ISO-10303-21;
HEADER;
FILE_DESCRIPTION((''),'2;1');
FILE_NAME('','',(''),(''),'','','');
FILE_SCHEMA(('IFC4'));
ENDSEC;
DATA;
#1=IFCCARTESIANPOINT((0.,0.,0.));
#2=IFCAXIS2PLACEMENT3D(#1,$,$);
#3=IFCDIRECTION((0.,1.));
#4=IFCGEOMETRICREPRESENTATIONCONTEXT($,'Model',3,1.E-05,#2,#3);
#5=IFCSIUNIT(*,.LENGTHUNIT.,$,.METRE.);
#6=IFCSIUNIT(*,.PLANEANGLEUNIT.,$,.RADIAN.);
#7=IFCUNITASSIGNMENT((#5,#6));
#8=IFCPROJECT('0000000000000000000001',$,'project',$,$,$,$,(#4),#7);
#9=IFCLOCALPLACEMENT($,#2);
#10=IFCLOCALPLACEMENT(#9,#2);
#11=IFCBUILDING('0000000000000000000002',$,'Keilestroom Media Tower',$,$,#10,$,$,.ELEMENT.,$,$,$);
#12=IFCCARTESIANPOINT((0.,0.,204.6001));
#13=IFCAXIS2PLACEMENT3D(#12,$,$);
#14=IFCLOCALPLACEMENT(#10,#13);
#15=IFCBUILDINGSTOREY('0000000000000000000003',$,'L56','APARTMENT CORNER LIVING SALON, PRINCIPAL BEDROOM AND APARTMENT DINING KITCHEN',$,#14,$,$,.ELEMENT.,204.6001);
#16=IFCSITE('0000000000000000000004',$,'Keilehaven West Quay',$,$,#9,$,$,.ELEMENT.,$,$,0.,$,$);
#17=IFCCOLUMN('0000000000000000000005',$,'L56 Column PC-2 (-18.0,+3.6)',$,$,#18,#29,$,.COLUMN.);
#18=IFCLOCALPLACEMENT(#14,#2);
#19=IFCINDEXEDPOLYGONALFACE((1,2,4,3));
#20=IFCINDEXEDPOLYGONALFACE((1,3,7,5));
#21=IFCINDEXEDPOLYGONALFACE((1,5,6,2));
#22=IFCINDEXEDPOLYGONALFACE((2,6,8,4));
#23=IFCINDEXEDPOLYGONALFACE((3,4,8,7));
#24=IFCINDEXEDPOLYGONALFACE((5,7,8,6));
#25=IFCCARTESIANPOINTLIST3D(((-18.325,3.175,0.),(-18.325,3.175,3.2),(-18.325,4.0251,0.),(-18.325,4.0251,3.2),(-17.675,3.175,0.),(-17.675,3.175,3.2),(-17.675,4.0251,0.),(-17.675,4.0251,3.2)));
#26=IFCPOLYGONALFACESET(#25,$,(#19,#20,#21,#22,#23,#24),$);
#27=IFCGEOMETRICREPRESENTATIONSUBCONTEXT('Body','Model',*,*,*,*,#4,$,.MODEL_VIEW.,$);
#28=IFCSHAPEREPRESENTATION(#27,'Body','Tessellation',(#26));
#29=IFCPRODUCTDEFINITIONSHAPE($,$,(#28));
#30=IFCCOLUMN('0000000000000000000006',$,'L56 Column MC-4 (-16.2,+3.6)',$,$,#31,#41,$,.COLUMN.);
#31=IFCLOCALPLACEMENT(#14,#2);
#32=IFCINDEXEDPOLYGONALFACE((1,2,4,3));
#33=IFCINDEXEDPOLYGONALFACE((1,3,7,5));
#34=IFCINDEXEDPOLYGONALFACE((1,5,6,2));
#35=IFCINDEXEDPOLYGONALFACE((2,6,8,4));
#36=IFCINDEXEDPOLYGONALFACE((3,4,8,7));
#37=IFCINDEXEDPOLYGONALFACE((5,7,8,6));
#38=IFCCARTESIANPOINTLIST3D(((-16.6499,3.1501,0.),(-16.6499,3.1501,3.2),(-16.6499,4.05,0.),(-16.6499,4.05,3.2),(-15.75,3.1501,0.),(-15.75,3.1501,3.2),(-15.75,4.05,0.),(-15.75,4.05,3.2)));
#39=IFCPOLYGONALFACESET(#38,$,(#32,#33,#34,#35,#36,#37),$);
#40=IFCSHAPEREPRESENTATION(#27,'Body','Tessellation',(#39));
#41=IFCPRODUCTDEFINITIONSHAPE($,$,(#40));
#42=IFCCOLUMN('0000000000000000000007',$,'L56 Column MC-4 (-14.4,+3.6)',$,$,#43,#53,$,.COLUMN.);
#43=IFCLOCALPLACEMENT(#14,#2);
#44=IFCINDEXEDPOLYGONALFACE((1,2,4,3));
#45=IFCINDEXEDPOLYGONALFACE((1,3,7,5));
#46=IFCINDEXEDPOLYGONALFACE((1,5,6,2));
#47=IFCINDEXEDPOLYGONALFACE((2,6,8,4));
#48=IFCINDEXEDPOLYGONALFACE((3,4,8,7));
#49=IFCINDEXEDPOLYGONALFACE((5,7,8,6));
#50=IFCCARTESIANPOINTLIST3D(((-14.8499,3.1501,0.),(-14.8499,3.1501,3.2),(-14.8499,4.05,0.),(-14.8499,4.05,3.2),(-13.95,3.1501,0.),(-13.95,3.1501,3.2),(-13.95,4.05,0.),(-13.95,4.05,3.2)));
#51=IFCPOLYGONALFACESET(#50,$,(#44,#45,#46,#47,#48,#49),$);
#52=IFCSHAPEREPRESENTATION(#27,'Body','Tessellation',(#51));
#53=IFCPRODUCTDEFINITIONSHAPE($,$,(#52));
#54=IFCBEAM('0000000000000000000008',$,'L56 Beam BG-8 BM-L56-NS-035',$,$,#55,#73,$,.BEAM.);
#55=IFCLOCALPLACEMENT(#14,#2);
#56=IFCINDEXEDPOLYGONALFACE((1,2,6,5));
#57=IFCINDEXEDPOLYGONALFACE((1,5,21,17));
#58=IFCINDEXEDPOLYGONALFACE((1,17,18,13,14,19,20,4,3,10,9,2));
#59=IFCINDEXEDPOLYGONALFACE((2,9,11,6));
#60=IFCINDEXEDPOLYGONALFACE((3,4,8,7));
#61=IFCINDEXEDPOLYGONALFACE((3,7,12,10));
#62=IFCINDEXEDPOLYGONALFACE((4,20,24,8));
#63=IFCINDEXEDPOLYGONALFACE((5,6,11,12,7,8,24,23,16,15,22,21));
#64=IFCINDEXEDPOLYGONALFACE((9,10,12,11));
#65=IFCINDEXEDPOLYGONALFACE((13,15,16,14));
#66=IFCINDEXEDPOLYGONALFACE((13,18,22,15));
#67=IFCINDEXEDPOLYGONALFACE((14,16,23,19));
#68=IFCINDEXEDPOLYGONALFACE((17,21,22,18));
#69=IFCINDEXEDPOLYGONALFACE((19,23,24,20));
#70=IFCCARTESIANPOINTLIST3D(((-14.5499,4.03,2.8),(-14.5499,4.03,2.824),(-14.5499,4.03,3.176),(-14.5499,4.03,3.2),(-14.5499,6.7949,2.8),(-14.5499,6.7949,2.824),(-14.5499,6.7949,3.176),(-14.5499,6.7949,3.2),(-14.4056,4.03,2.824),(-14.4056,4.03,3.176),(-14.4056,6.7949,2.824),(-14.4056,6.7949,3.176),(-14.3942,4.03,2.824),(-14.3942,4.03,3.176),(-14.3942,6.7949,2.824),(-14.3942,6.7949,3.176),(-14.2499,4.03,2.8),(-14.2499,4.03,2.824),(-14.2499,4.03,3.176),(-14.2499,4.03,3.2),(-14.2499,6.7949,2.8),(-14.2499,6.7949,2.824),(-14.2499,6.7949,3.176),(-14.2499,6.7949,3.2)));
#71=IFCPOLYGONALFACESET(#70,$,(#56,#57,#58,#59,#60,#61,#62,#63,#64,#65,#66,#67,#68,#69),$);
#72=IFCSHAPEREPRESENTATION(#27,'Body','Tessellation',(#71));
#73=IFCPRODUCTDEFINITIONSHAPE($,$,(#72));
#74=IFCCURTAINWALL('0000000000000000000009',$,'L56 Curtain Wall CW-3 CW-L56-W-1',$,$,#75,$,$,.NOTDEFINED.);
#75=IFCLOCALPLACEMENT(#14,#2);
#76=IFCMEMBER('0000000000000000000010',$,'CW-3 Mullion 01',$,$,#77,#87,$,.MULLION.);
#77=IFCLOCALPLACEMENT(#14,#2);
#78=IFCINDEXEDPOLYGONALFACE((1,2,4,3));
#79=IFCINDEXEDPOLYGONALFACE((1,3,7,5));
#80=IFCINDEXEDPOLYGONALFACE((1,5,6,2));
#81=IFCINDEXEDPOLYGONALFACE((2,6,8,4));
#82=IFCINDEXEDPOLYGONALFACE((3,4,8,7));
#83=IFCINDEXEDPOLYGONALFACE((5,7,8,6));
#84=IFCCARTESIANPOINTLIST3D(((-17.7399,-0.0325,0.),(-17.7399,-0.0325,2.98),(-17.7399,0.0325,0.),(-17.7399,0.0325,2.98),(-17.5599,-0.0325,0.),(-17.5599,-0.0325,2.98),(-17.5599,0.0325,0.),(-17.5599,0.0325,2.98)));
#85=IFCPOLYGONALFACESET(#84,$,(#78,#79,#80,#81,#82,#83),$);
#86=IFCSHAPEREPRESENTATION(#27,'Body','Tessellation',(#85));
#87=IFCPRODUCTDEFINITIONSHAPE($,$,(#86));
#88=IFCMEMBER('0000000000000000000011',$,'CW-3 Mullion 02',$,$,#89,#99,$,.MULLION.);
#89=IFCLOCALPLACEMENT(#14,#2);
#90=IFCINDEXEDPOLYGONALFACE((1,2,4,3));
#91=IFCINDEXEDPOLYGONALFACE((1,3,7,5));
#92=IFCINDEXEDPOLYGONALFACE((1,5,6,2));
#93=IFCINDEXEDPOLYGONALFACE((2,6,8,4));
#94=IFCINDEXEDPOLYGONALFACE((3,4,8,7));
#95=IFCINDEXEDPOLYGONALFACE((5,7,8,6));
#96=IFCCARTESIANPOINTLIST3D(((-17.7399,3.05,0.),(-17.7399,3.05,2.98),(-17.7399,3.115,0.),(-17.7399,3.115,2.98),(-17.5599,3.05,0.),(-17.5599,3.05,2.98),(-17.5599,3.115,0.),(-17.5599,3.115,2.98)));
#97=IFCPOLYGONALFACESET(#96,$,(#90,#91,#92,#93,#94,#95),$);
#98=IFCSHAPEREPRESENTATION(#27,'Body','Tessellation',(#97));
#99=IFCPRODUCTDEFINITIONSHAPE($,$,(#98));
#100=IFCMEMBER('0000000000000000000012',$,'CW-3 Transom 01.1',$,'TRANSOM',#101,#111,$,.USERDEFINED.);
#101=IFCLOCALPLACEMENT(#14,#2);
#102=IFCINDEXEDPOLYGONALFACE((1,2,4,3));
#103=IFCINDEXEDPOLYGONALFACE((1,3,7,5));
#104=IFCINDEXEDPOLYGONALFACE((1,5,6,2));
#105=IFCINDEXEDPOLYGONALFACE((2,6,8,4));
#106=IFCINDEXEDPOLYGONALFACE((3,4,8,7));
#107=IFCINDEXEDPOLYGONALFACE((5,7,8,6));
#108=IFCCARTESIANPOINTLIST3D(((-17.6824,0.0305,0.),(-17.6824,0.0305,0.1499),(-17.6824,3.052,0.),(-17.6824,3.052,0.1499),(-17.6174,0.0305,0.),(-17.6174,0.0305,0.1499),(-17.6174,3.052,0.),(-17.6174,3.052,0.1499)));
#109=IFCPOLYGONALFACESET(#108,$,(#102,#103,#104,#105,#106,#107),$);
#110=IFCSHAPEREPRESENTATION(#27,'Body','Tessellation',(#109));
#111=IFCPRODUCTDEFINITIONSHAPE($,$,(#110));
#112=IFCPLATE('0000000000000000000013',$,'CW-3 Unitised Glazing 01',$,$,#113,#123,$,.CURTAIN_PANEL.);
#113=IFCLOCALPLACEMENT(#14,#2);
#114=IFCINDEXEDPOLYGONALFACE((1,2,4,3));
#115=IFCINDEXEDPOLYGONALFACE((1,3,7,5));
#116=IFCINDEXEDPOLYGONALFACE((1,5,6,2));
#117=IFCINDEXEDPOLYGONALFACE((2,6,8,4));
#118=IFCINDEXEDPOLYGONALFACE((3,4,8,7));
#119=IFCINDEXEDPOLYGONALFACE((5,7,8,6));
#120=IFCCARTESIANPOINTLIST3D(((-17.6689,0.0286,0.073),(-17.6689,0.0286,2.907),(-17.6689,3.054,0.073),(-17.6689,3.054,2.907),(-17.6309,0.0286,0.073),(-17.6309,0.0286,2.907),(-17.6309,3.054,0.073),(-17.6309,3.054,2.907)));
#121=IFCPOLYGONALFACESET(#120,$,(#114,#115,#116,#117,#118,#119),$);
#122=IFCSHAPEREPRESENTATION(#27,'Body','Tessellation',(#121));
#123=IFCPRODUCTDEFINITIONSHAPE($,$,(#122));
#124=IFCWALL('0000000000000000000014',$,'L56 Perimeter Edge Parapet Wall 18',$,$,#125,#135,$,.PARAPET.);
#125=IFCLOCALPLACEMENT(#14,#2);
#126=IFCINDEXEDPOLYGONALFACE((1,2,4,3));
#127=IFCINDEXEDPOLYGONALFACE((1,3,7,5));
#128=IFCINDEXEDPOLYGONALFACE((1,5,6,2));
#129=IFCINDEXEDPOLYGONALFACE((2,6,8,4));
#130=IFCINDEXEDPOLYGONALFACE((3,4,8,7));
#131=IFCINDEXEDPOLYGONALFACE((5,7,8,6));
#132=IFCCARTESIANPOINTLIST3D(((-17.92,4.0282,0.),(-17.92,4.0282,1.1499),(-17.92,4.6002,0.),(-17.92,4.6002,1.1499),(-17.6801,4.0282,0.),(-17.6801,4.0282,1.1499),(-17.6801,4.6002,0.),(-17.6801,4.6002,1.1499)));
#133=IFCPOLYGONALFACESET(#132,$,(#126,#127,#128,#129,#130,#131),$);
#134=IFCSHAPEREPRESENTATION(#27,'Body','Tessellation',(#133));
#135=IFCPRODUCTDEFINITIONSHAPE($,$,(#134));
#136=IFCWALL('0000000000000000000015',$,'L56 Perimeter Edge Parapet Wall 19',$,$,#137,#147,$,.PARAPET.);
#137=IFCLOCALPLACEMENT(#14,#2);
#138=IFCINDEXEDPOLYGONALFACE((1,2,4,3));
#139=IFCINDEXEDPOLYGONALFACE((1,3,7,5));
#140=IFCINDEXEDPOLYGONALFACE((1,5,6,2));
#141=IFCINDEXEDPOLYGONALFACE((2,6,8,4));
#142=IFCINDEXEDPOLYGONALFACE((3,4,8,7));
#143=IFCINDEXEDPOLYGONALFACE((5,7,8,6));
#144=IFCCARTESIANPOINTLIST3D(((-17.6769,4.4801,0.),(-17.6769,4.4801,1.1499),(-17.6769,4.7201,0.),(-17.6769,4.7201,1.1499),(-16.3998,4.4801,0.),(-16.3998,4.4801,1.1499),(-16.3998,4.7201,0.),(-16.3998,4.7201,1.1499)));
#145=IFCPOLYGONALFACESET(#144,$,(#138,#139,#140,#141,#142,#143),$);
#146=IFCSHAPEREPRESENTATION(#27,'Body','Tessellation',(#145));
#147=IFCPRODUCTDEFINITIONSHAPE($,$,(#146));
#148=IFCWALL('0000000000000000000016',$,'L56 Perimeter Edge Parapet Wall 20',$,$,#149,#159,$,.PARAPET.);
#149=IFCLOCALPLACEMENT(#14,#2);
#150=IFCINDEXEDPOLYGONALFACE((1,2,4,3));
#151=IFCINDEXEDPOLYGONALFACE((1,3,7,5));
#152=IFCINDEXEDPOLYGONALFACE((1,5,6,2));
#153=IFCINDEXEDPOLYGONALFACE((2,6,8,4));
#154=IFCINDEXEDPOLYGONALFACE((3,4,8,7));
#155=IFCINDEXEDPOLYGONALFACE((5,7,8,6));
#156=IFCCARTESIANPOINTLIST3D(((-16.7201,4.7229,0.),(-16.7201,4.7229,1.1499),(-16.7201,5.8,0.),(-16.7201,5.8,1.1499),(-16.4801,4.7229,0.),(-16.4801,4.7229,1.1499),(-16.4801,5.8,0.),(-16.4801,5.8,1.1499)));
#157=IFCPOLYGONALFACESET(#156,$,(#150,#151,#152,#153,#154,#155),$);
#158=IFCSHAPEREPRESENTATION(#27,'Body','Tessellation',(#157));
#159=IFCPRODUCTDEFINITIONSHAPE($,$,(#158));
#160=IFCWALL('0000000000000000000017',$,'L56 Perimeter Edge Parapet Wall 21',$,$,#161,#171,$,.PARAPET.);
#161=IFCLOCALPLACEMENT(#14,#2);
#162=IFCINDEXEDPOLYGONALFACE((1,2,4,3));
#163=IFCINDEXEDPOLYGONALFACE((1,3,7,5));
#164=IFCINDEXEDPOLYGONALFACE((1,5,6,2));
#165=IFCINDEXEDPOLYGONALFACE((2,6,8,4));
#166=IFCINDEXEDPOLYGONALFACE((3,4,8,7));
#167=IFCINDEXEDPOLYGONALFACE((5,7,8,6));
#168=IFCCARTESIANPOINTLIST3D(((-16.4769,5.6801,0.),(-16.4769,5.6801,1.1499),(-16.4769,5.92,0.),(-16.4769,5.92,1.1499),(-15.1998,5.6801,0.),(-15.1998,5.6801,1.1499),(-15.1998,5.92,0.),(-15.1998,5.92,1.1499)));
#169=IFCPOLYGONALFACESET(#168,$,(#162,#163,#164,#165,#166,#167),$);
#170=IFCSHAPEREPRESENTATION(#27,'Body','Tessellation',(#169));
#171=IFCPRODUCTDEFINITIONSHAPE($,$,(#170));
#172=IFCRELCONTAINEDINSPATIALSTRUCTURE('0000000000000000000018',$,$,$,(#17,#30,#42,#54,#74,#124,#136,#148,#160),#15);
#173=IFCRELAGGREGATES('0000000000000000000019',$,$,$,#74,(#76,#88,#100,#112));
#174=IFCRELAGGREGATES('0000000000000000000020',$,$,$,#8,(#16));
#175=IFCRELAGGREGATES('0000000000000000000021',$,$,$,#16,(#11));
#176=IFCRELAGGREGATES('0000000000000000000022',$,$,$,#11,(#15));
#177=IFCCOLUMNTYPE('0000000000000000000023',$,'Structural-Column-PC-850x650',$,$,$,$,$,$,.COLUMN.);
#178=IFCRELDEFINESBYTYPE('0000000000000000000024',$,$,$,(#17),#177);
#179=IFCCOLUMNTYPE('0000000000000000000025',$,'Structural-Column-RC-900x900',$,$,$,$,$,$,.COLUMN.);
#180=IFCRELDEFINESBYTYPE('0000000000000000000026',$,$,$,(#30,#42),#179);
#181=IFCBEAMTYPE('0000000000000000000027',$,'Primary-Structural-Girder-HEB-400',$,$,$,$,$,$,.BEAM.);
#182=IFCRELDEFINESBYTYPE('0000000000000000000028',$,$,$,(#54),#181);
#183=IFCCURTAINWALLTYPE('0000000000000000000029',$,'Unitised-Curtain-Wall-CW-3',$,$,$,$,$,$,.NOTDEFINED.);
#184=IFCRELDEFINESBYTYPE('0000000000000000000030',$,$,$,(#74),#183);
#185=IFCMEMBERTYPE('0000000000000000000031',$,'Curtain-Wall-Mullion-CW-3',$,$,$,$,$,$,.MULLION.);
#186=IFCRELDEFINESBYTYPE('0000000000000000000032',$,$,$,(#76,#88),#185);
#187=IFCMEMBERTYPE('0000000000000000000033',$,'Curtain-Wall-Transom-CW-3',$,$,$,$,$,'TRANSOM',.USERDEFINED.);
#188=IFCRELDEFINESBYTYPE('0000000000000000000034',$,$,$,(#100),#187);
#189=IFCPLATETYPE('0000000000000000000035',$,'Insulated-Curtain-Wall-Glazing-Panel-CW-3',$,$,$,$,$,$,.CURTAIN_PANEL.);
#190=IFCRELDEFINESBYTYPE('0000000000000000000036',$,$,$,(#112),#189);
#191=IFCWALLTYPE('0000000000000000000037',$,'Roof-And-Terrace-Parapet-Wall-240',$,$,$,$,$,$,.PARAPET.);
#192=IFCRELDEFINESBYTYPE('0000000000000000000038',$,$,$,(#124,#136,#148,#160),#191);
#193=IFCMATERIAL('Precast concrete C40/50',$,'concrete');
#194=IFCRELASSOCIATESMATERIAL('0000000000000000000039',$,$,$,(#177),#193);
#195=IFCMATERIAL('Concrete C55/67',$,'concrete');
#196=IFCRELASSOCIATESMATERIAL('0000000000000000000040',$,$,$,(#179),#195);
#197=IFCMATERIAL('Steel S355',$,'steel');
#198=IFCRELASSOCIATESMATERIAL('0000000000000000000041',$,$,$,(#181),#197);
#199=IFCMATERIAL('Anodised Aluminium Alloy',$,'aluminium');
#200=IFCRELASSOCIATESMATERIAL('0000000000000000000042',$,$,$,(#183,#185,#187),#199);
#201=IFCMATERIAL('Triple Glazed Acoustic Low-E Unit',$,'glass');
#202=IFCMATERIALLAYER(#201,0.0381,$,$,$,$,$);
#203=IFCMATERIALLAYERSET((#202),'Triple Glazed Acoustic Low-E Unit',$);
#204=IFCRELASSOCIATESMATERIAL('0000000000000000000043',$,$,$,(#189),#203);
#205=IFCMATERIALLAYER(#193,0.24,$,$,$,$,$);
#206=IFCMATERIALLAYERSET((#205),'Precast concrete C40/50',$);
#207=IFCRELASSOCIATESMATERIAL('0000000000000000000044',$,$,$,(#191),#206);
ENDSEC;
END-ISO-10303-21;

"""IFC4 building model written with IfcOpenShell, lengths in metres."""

from ifc_helpers import new_model, si_unit, direction, frame, frame_2d, origin, origin_2d, place, context, subcontext, project, spatial, rectangle, i_section, extrude, source, transform, mapped, material, layer, layer_set, material_profile, profile_set, type_object, element, aggregate, save


model = new_model("IFC4")

# Units and contexts
model_context = context("Model", 3, precision=1e-05, world=origin(), true_north=direction((0.0, 1.0)))
body_context = subcontext(model_context, "Body", "Model", "MODEL_VIEW")
ifc_project = project(units=[si_unit("LENGTHUNIT", "METRE"), si_unit("PLANEANGLEUNIT", "RADIAN")], contexts=[model_context])

# Site, building, storey
site_placement = place(None, origin())
site = spatial("IfcSite", under=ifc_project, at=site_placement, Name="Keilehaven West Quay", CompositionType="ELEMENT", RefElevation=0.0)
building_placement = place(site_placement, origin())
building = spatial("IfcBuilding", under=site, at=building_placement, Name="Keilestroom Media Tower", CompositionType="ELEMENT")
storey_placement = place(building_placement, frame((0.0, 0.0, 204.6001)))
storey = spatial("IfcBuildingStorey", under=building, at=storey_placement, Name="L56", Description="APARTMENT CORNER LIVING SALON, PRINCIPAL BEDROOM AND APARTMENT DINING KITCHEN", CompositionType="ELEMENT", Elevation=204.6001)

# Columns
ifc_material_1 = material(Name="Precast concrete C40/50", Category="concrete")
ifc_material_profile_1 = material_profile(ifc_material_1, rectangle(XDim=0.6499, YDim=0.8501, at=origin_2d()), Name="PC 850x650")
ifc_profile_set_1 = profile_set([ifc_material_profile_1], Name="Precast concrete C40/50")
column_type_1 = type_object("IfcColumnType", Name="Structural-Column-PC-850x650", PredefinedType="COLUMN", material=ifc_profile_set_1)
shared_shape_1 = source(origin(), body_context, "Body", "SweptSolid", [
    extrude(rectangle(XDim=0.6499, YDim=0.8501, at=origin_2d()), origin(), (0.0, 0.0, 1.0), 3.2),
])
column_placement = place(storey_placement, frame((-18.0, 3.6001, 0.0), z_axis=(0.0, 0.0, 1.0), x_axis=(1.0, 0.0, 0.0)))
element("IfcColumn", 1, at=column_placement, inside=storey, type_object=column_type_1, Name="L56 Column PC-2 (-18.0,+3.6)", PredefinedType="COLUMN", context=body_context, shape_type="MappedRepresentation", body=[
    mapped(shared_shape_1, transform((0.0, 0.0, 0.0), x_axis=(1.0, 0.0, 0.0), y_axis=(0.0, 1.0, 0.0), z_axis=(0.0, 0.0, 1.0), scale=1.0)),
])
ifc_material_2 = material(Name="Concrete C55/67", Category="concrete")
ifc_material_profile_2 = material_profile(ifc_material_2, rectangle(XDim=0.8999, YDim=0.8999, at=origin_2d()), Name="RC 900x900")
ifc_profile_set_2 = profile_set([ifc_material_profile_2], Name="Concrete C55/67")
column_type_2 = type_object("IfcColumnType", Name="Structural-Column-RC-900x900", PredefinedType="COLUMN", material=ifc_profile_set_2)
shared_shape_2 = source(origin(), body_context, "Body", "SweptSolid", [
    extrude(rectangle(XDim=0.8999, YDim=0.8999, at=origin_2d()), origin(), (0.0, 0.0, 1.0), 3.2),
])
for number, where, z_axis, x_axis, name in (
    (2, (-16.2, 3.6001, 0.0), (0.0, 0.0, 1.0), (1.0, 0.0, 0.0), "L56 Column MC-4 (-16.2,+3.6)"),
    (3, (-14.3999, 3.6001, 0.0), (0.0, 0.0, 1.0), (1.0, 0.0, 0.0), "L56 Column MC-4 (-14.4,+3.6)"),
):
    element("IfcColumn", number, at=place(storey_placement, frame(where, z_axis=z_axis, x_axis=x_axis)), inside=storey, type_object=column_type_2, Name=name, PredefinedType="COLUMN", context=body_context, shape_type="MappedRepresentation", body=[
        mapped(shared_shape_2, transform((0.0, 0.0, 0.0), x_axis=(1.0, 0.0, 0.0), y_axis=(0.0, 1.0, 0.0), z_axis=(0.0, 0.0, 1.0), scale=1.0)),
    ])

# Beam
ifc_material_3 = material(Name="Steel S355", Category="steel")
ifc_material_profile_3 = material_profile(ifc_material_3, i_section(OverallWidth=0.3, OverallDepth=0.3999, WebThickness=0.0115, FlangeThickness=0.0239, at=origin_2d()), Name="HEB 400")
ifc_profile_set_3 = profile_set([ifc_material_profile_3], Name="Steel S355")
beam_type = type_object("IfcBeamType", Name="Primary-Structural-Girder-HEB-400", PredefinedType="BEAM", material=ifc_profile_set_3)
shared_shape_3 = source(origin(), body_context, "Body", "SweptSolid", [
    extrude(i_section(OverallWidth=0.3, OverallDepth=0.3999, WebThickness=0.0115, FlangeThickness=0.0239, at=origin_2d()), origin(), (0.0, 0.0, 1.0), 2.7649),
])
beam_placement = place(storey_placement, frame((-14.3999, 4.03, 3.0), z_axis=(0.0, 1.0, 0.0), x_axis=(-1.0, 0.0, 0.0)))
element("IfcBeam", 4, at=beam_placement, inside=storey, type_object=beam_type, Name="L56 Beam BG-8 BM-L56-NS-035", PredefinedType="BEAM", context=body_context, shape_type="MappedRepresentation", body=[
    mapped(shared_shape_3, transform((0.0, 0.0, 0.0), x_axis=(1.0, 0.0, 0.0), y_axis=(0.0, 1.0, 0.0), z_axis=(0.0, 0.0, 1.0), scale=1.0)),
])

# Curtain wall, members, plate
ifc_material_4 = material(Name="Anodised Aluminium Alloy", Category="aluminium")
curtain_wall_type = type_object("IfcCurtainWallType", Name="Unitised-Curtain-Wall-CW-3", PredefinedType="NOTDEFINED", material=ifc_material_4)
curtain_wall_placement = place(storey_placement, origin())
curtain_wall = element("IfcCurtainWall", 5, at=curtain_wall_placement, inside=storey, type_object=curtain_wall_type, Name="L56 Curtain Wall CW-3 CW-L56-W-1", PredefinedType="NOTDEFINED")
ifc_material_profile_4 = material_profile(ifc_material_4, rectangle(XDim=0.0649, YDim=0.1799, at=origin_2d()), Name="ALU MULLION 65x180")
ifc_profile_set_4 = profile_set([ifc_material_profile_4], Name="Anodised Aluminium Alloy")
member_type_1 = type_object("IfcMemberType", Name="Curtain-Wall-Mullion-CW-3", PredefinedType="MULLION", material=ifc_profile_set_4)
shared_shape_4 = source(origin(), body_context, "Body", "SweptSolid", [
    extrude(rectangle(XDim=0.0649, YDim=0.1799, at=origin_2d()), origin(), (0.0, 0.0, 1.0), 2.98),
])
member_1_placement = place(storey_placement, frame((-17.6499, 0.0, 0.0), z_axis=(0.0, 0.0, 1.0), x_axis=(0.0, 1.0, 0.0)))
member_1 = element("IfcMember", 6, at=member_1_placement, type_object=member_type_1, Name="CW-3 Mullion 01", PredefinedType="MULLION", context=body_context, shape_type="MappedRepresentation", body=[
    mapped(shared_shape_4, transform((0.0, 0.0, 0.0), x_axis=(1.0, 0.0, 0.0), y_axis=(0.0, 1.0, 0.0), z_axis=(0.0, 0.0, 1.0), scale=1.0)),
])
member_2_placement = place(storey_placement, frame((-17.6499, 3.0825, 0.0), z_axis=(0.0, 0.0, 1.0), x_axis=(0.0, 1.0, 0.0)))
member_2 = element("IfcMember", 7, at=member_2_placement, type_object=member_type_1, Name="CW-3 Mullion 02", PredefinedType="MULLION", context=body_context, shape_type="MappedRepresentation", body=[
    mapped(shared_shape_4, transform((0.0, 0.0, 0.0), x_axis=(1.0, 0.0, 0.0), y_axis=(0.0, 1.0, 0.0), z_axis=(0.0, 0.0, 1.0), scale=1.0)),
])
ifc_material_profile_5 = material_profile(ifc_material_4, rectangle(XDim=0.0649, YDim=0.1499, at=origin_2d()), Name="ALU TRANSOM 65x150")
ifc_profile_set_5 = profile_set([ifc_material_profile_5], Name="Anodised Aluminium Alloy")
member_type_2 = type_object("IfcMemberType", Name="Curtain-Wall-Transom-CW-3", ElementType="TRANSOM", PredefinedType="USERDEFINED", material=ifc_profile_set_5)
shared_shape_5 = source(origin(), body_context, "Body", "SweptSolid", [
    extrude(rectangle(XDim=0.0649, YDim=0.1499, at=origin_2d()), origin(), (0.0, 0.0, 1.0), 3.0215),
])
member_3_placement = place(storey_placement, frame((-17.6499, 0.0305, 0.075), z_axis=(0.0, 1.0, 0.0), x_axis=(-1.0, 0.0, 0.0)))
member_3 = element("IfcMember", 8, at=member_3_placement, type_object=member_type_2, Name="CW-3 Transom 01.1", ObjectType="TRANSOM", PredefinedType="USERDEFINED", context=body_context, shape_type="MappedRepresentation", body=[
    mapped(shared_shape_5, transform((0.0, 0.0, 0.0), x_axis=(1.0, 0.0, 0.0), y_axis=(0.0, 1.0, 0.0), z_axis=(0.0, 0.0, 1.0), scale=1.0)),
])
ifc_material_5 = material(Name="Triple Glazed Acoustic Low-E Unit", Category="glass")
ifc_layer_1 = layer(ifc_material_5, 0.0381)
ifc_layer_set_1 = layer_set([ifc_layer_1], Name="Triple Glazed Acoustic Low-E Unit")
plate_type = type_object("IfcPlateType", Name="Insulated-Curtain-Wall-Glazing-Panel-CW-3", PredefinedType="CURTAIN_PANEL", material=ifc_layer_set_1)
shared_shape_6 = source(origin(), body_context, "Body", "SweptSolid", [
    extrude(rectangle(XDim=3.0254, YDim=0.0381, at=origin_2d()), origin(), (0.0, 0.0, 1.0), 2.834),
])
plate_placement = place(storey_placement, frame((-17.6499, 1.5413, 0.073), z_axis=(0.0, 0.0, 1.0), x_axis=(0.0, 1.0, 0.0)))
plate = element("IfcPlate", 9, at=plate_placement, type_object=plate_type, Name="CW-3 Unitised Glazing 01", PredefinedType="CURTAIN_PANEL", context=body_context, shape_type="MappedRepresentation", body=[
    mapped(shared_shape_6, transform((0.0, 0.0, 0.0), x_axis=(1.0, 0.0, 0.0), y_axis=(0.0, 1.0, 0.0), z_axis=(0.0, 0.0, 1.0), scale=1.0)),
])
aggregate(curtain_wall, [member_1, member_2, member_3, plate])

# Walls
ifc_layer_2 = layer(ifc_material_1, 0.24)
ifc_layer_set_2 = layer_set([ifc_layer_2], Name="Precast concrete C40/50")
wall_type = type_object("IfcWallType", Name="Roof-And-Terrace-Parapet-Wall-240", PredefinedType="PARAPET", material=ifc_layer_set_2)
wall_1_placement = place(storey_placement, frame((-17.8, 4.0281, 0.0), z_axis=(0.0, 0.0, 1.0), x_axis=(0.0, 1.0, 0.0)))
element("IfcWall", 10, at=wall_1_placement, inside=storey, type_object=wall_type, Name="L56 Perimeter Edge Parapet Wall 18", PredefinedType="PARAPET", context=body_context, shape_type="SweptSolid", body=[
    extrude(rectangle(XDim=0.572, YDim=0.24, at=frame_2d((0.2861, 0.0))), origin(), (0.0, 0.0, 1.0), 1.1499),
])
wall_2_placement = place(storey_placement, frame((-17.677, 4.6001, 0.0), z_axis=(0.0, 0.0, 1.0), x_axis=(1.0, 0.0, 0.0)))
element("IfcWall", 11, at=wall_2_placement, inside=storey, type_object=wall_type, Name="L56 Perimeter Edge Parapet Wall 19", PredefinedType="PARAPET", context=body_context, shape_type="SweptSolid", body=[
    extrude(rectangle(XDim=1.2771, YDim=0.24, at=frame_2d((0.6387, 0.0))), origin(), (0.0, 0.0, 1.0), 1.1499),
])
wall_3_placement = place(storey_placement, frame((-16.6001, 4.7229, 0.0), z_axis=(0.0, 0.0, 1.0), x_axis=(0.0, 1.0, 0.0)))
element("IfcWall", 12, at=wall_3_placement, inside=storey, type_object=wall_type, Name="L56 Perimeter Edge Parapet Wall 20", PredefinedType="PARAPET", context=body_context, shape_type="SweptSolid", body=[
    extrude(rectangle(XDim=1.0771, YDim=0.24, at=frame_2d((0.5386, 0.0))), origin(), (0.0, 0.0, 1.0), 1.1499),
])
wall_4_placement = place(storey_placement, frame((-16.4771, 5.8, 0.0), z_axis=(0.0, 0.0, 1.0), x_axis=(1.0, 0.0, 0.0)))
element("IfcWall", 13, at=wall_4_placement, inside=storey, type_object=wall_type, Name="L56 Perimeter Edge Parapet Wall 21", PredefinedType="PARAPET", context=body_context, shape_type="SweptSolid", body=[
    extrude(rectangle(XDim=1.2771, YDim=0.24, at=frame_2d((0.6387, 0.0))), origin(), (0.0, 0.0, 1.0), 1.1499),
])

save(model, "model.ifc")
